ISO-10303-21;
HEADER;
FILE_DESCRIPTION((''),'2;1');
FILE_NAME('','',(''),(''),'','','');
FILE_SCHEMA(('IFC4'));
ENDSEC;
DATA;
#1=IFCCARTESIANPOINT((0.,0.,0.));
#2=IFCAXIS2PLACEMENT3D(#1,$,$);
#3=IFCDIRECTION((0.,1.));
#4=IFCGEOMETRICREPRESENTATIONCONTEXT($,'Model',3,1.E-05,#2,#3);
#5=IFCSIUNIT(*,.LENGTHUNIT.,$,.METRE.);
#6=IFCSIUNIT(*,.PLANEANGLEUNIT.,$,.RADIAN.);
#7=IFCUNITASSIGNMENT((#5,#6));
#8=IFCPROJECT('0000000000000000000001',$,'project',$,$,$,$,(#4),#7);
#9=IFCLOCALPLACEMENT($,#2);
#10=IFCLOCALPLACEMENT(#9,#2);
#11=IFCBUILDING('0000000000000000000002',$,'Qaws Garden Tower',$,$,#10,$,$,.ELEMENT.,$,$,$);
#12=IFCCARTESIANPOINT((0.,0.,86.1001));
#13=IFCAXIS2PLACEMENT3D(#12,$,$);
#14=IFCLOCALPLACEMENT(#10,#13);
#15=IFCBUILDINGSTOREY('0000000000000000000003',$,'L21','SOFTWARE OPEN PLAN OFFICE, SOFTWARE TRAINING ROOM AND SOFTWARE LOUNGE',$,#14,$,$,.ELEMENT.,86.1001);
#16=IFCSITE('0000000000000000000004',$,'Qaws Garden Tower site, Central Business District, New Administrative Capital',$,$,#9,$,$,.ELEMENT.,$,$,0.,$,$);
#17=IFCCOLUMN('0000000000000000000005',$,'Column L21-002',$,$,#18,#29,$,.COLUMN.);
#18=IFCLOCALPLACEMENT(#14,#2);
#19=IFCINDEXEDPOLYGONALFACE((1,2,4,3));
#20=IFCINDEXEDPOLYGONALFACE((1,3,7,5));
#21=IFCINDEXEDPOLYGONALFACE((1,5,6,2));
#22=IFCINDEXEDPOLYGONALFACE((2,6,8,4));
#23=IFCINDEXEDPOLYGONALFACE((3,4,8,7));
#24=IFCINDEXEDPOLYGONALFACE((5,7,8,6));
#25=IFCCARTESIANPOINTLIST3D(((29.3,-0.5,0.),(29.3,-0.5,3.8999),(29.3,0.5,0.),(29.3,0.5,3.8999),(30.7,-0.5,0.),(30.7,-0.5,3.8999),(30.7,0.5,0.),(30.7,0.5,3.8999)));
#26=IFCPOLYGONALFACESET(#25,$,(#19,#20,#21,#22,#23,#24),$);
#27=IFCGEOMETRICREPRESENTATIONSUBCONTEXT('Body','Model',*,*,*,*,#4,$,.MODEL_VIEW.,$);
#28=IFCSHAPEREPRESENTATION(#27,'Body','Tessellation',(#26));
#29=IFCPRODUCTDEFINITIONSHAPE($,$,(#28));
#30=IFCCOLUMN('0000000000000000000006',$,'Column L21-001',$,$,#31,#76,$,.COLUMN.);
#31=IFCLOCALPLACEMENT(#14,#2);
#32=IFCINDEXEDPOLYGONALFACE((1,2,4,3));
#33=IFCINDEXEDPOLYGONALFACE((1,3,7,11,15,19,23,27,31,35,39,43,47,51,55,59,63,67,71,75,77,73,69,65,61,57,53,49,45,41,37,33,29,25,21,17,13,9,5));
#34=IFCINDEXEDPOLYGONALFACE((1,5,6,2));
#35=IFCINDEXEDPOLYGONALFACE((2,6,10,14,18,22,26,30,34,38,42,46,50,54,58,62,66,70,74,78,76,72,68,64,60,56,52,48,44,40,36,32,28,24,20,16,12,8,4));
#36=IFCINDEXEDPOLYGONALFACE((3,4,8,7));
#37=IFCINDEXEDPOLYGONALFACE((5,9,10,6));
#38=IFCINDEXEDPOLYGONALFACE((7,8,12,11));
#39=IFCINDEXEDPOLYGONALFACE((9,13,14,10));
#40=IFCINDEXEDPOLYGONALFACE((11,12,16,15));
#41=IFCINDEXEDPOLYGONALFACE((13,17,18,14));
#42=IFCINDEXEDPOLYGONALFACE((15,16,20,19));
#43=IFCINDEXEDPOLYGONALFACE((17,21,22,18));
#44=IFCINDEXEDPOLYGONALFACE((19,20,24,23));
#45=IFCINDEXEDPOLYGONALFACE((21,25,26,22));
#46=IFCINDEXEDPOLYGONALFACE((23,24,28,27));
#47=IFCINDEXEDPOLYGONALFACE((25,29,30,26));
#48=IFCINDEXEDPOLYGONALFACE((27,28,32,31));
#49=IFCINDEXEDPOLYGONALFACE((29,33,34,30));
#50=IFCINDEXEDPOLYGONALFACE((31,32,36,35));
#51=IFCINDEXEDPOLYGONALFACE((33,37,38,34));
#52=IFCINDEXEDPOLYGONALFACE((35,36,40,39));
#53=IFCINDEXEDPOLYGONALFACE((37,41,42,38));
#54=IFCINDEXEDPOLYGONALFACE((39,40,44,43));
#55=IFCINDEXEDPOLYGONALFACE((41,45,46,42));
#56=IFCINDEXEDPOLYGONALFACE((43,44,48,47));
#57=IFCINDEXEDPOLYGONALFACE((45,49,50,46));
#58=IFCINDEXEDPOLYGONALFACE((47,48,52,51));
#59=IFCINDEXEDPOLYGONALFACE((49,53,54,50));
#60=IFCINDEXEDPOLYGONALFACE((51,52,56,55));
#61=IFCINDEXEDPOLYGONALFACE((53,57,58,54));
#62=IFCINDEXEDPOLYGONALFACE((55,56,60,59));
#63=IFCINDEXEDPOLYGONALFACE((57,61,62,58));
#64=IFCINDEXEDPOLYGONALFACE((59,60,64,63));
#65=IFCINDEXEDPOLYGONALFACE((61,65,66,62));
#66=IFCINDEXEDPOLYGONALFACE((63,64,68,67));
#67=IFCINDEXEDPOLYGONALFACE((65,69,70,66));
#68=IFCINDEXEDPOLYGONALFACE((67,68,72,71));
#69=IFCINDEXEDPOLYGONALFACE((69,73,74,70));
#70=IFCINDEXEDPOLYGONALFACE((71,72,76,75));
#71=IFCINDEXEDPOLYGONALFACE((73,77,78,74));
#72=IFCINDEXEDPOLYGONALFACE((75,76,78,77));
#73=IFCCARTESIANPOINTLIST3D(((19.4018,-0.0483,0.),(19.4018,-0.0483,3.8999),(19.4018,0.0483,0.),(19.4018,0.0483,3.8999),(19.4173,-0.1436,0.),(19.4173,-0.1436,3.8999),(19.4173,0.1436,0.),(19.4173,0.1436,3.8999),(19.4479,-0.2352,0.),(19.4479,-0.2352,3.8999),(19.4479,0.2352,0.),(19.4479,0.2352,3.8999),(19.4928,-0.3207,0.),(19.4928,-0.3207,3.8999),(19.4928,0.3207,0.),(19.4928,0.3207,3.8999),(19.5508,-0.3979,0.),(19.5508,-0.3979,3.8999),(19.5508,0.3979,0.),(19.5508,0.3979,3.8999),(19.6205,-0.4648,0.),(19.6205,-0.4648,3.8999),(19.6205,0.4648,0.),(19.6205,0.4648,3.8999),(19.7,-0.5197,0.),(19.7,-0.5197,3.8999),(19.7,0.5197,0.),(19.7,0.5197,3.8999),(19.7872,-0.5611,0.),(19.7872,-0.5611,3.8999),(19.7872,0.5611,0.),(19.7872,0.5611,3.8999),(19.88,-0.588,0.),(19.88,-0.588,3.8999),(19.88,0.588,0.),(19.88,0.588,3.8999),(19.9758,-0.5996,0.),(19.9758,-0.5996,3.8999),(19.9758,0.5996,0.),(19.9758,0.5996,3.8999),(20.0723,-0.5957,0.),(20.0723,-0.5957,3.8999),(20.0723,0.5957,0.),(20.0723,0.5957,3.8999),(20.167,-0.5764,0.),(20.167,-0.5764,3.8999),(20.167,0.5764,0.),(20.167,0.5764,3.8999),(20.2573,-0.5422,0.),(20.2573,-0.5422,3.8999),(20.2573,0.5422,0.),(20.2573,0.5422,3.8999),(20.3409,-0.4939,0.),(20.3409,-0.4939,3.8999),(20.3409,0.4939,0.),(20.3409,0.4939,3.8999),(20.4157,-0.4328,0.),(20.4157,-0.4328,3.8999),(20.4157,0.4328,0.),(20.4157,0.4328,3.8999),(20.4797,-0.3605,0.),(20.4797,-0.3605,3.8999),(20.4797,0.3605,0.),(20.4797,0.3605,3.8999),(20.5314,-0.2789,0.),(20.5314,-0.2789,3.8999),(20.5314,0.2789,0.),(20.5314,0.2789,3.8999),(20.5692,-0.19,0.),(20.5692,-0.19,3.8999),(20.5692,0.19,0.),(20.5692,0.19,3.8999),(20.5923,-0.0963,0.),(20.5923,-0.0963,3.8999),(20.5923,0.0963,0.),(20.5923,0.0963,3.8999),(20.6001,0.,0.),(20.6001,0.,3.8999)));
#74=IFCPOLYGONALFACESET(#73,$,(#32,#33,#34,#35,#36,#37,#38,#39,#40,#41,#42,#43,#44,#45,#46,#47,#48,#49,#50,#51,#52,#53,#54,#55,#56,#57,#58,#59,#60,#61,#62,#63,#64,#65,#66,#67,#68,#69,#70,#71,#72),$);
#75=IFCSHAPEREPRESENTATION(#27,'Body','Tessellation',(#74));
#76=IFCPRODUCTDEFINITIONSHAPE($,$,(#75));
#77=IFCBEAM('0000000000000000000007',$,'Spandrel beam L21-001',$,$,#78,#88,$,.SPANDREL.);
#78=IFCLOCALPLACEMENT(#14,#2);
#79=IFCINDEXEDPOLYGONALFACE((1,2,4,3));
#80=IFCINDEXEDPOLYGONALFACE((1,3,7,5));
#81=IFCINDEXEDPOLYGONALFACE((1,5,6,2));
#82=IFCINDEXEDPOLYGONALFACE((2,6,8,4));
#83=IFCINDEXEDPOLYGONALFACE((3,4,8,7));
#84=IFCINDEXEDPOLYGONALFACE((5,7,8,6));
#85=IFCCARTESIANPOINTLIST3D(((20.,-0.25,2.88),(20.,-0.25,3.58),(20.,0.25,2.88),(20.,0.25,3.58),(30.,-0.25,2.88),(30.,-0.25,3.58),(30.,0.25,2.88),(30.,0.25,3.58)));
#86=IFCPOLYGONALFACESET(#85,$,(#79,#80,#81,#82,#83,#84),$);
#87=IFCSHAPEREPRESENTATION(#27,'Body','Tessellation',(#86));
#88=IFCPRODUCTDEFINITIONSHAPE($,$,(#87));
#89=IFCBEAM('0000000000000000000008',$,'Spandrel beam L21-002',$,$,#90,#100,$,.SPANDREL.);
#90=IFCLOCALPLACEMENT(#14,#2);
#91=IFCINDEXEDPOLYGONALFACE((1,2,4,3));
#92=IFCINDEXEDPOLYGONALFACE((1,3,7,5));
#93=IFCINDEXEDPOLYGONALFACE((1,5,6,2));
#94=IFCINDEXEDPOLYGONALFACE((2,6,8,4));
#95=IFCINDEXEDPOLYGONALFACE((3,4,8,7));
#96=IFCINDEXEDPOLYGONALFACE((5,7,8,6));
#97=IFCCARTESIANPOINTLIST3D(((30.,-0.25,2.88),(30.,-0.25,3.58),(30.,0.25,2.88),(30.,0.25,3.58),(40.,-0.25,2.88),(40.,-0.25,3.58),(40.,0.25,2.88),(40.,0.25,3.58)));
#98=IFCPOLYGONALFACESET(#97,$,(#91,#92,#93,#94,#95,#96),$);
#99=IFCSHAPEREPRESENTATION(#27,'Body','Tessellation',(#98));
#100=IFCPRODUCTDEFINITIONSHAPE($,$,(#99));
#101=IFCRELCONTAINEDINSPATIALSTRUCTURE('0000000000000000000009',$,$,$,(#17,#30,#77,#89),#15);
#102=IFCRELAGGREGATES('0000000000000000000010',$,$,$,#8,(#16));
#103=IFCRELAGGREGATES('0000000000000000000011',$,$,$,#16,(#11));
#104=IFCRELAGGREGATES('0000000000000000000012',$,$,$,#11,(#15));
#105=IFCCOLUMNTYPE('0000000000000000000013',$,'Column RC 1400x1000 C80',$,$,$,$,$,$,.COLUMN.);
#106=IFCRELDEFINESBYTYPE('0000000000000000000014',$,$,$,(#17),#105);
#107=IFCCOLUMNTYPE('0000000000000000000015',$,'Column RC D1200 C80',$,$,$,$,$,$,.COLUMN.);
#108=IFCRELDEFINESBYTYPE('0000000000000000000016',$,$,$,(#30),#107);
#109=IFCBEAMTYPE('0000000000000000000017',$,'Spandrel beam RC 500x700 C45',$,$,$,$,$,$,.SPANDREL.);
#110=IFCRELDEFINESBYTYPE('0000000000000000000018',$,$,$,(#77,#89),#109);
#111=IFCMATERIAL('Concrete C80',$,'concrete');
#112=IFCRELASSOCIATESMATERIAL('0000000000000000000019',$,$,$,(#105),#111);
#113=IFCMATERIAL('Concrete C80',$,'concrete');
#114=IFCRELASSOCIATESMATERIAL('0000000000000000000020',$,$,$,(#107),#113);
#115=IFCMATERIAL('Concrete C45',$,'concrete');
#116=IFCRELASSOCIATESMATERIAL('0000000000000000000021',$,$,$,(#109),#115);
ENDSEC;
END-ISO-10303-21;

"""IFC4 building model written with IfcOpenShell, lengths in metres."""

from ifc_helpers import new_model, si_unit, direction, frame, origin, origin_2d, place, context, subcontext, project, spatial, rectangle, circle, extrude, material, material_profile, profile_set, type_object, element, save


model = new_model("IFC4")

# Units and contexts
model_context = context("Model", 3, precision=1e-05, world=origin(), true_north=direction((0.0, 1.0)))
body_context = subcontext(model_context, "Body", "Model", "MODEL_VIEW")
ifc_project = project(units=[si_unit("LENGTHUNIT", "METRE"), si_unit("PLANEANGLEUNIT", "RADIAN")], contexts=[model_context])

# Site, building, storey
site_placement = place(None, origin())
site = spatial("IfcSite", under=ifc_project, at=site_placement, Name="Qaws Garden Tower site, Central Business District, New Administrative Capital", CompositionType="ELEMENT", RefElevation=0.0)
building_placement = place(site_placement, origin())
building = spatial("IfcBuilding", under=site, at=building_placement, Name="Qaws Garden Tower", CompositionType="ELEMENT")
storey_placement = place(building_placement, frame((0.0, 0.0, 86.1001)))
storey = spatial("IfcBuildingStorey", under=building, at=storey_placement, Name="L21", Description="SOFTWARE OPEN PLAN OFFICE, SOFTWARE TRAINING ROOM AND SOFTWARE LOUNGE", CompositionType="ELEMENT", Elevation=86.1001)

# Columns
ifc_material_1 = material(Name="Concrete C80", Category="concrete")
ifc_material_profile_1 = material_profile(ifc_material_1, rectangle(XDim=1.3999, YDim=1.0, at=origin_2d()), Name="RC 1400x1000")
ifc_profile_set_1 = profile_set([ifc_material_profile_1], Name="Concrete C80")
column_type_1 = type_object("IfcColumnType", Name="Column RC 1400x1000 C80", PredefinedType="COLUMN", material=ifc_profile_set_1)
column_1_placement = place(storey_placement, frame((30.0, 0.0, 0.0), z_axis=(0.0, 0.0, 1.0), x_axis=(1.0, 0.0, 0.0)))
element("IfcColumn", 1, at=column_1_placement, inside=storey, type_object=column_type_1, Name="Column L21-002", PredefinedType="COLUMN", context=body_context, shape_type="SweptSolid", body=[
    extrude(rectangle(XDim=1.3999, YDim=1.0, at=origin_2d()), origin(), (0.0, 0.0, 1.0), 3.8999),
])
ifc_material_2 = material(Name="Concrete C80", Category="concrete")
ifc_material_profile_2 = material_profile(ifc_material_2, circle(Radius=0.6001, at=origin_2d()), Name="RC D1200")
ifc_profile_set_2 = profile_set([ifc_material_profile_2], Name="Concrete C80")
column_type_2 = type_object("IfcColumnType", Name="Column RC D1200 C80", PredefinedType="COLUMN", material=ifc_profile_set_2)
column_2_placement = place(storey_placement, frame((20.0, 0.0, 0.0), z_axis=(0.0, 0.0, 1.0), x_axis=(1.0, 0.0, 0.0)))
element("IfcColumn", 2, at=column_2_placement, inside=storey, type_object=column_type_2, Name="Column L21-001", PredefinedType="COLUMN", context=body_context, shape_type="SweptSolid", body=[
    extrude(circle(Radius=0.6001, at=origin_2d()), origin(), (0.0, 0.0, 1.0), 3.8999),
])

# Beams
ifc_material_3 = material(Name="Concrete C45", Category="concrete")
ifc_material_profile_3 = material_profile(ifc_material_3, rectangle(XDim=0.5, YDim=0.7, at=origin_2d()), Name="RC 500x700")
ifc_profile_set_3 = profile_set([ifc_material_profile_3], Name="Concrete C45")
beam_type = type_object("IfcBeamType", Name="Spandrel beam RC 500x700 C45", PredefinedType="SPANDREL", material=ifc_profile_set_3)
for number, where, z_axis, x_axis, name in (
    (3, (20.0, 0.0, 3.23), (1.0, 0.0, 0.0), (0.0, 1.0, 0.0), "Spandrel beam L21-001"),
    (4, (30.0, 0.0, 3.23), (1.0, 0.0, 0.0), (0.0, 1.0, 0.0), "Spandrel beam L21-002"),
):
    element("IfcBeam", number, at=place(storey_placement, frame(where, z_axis=z_axis, x_axis=x_axis)), inside=storey, type_object=beam_type, Name=name, PredefinedType="SPANDREL", context=body_context, shape_type="SweptSolid", body=[
        extrude(rectangle(XDim=0.5, YDim=0.7, at=origin_2d()), origin(), (0.0, 0.0, 1.0), 10.0),
    ])

save(model, "model.ifc")
